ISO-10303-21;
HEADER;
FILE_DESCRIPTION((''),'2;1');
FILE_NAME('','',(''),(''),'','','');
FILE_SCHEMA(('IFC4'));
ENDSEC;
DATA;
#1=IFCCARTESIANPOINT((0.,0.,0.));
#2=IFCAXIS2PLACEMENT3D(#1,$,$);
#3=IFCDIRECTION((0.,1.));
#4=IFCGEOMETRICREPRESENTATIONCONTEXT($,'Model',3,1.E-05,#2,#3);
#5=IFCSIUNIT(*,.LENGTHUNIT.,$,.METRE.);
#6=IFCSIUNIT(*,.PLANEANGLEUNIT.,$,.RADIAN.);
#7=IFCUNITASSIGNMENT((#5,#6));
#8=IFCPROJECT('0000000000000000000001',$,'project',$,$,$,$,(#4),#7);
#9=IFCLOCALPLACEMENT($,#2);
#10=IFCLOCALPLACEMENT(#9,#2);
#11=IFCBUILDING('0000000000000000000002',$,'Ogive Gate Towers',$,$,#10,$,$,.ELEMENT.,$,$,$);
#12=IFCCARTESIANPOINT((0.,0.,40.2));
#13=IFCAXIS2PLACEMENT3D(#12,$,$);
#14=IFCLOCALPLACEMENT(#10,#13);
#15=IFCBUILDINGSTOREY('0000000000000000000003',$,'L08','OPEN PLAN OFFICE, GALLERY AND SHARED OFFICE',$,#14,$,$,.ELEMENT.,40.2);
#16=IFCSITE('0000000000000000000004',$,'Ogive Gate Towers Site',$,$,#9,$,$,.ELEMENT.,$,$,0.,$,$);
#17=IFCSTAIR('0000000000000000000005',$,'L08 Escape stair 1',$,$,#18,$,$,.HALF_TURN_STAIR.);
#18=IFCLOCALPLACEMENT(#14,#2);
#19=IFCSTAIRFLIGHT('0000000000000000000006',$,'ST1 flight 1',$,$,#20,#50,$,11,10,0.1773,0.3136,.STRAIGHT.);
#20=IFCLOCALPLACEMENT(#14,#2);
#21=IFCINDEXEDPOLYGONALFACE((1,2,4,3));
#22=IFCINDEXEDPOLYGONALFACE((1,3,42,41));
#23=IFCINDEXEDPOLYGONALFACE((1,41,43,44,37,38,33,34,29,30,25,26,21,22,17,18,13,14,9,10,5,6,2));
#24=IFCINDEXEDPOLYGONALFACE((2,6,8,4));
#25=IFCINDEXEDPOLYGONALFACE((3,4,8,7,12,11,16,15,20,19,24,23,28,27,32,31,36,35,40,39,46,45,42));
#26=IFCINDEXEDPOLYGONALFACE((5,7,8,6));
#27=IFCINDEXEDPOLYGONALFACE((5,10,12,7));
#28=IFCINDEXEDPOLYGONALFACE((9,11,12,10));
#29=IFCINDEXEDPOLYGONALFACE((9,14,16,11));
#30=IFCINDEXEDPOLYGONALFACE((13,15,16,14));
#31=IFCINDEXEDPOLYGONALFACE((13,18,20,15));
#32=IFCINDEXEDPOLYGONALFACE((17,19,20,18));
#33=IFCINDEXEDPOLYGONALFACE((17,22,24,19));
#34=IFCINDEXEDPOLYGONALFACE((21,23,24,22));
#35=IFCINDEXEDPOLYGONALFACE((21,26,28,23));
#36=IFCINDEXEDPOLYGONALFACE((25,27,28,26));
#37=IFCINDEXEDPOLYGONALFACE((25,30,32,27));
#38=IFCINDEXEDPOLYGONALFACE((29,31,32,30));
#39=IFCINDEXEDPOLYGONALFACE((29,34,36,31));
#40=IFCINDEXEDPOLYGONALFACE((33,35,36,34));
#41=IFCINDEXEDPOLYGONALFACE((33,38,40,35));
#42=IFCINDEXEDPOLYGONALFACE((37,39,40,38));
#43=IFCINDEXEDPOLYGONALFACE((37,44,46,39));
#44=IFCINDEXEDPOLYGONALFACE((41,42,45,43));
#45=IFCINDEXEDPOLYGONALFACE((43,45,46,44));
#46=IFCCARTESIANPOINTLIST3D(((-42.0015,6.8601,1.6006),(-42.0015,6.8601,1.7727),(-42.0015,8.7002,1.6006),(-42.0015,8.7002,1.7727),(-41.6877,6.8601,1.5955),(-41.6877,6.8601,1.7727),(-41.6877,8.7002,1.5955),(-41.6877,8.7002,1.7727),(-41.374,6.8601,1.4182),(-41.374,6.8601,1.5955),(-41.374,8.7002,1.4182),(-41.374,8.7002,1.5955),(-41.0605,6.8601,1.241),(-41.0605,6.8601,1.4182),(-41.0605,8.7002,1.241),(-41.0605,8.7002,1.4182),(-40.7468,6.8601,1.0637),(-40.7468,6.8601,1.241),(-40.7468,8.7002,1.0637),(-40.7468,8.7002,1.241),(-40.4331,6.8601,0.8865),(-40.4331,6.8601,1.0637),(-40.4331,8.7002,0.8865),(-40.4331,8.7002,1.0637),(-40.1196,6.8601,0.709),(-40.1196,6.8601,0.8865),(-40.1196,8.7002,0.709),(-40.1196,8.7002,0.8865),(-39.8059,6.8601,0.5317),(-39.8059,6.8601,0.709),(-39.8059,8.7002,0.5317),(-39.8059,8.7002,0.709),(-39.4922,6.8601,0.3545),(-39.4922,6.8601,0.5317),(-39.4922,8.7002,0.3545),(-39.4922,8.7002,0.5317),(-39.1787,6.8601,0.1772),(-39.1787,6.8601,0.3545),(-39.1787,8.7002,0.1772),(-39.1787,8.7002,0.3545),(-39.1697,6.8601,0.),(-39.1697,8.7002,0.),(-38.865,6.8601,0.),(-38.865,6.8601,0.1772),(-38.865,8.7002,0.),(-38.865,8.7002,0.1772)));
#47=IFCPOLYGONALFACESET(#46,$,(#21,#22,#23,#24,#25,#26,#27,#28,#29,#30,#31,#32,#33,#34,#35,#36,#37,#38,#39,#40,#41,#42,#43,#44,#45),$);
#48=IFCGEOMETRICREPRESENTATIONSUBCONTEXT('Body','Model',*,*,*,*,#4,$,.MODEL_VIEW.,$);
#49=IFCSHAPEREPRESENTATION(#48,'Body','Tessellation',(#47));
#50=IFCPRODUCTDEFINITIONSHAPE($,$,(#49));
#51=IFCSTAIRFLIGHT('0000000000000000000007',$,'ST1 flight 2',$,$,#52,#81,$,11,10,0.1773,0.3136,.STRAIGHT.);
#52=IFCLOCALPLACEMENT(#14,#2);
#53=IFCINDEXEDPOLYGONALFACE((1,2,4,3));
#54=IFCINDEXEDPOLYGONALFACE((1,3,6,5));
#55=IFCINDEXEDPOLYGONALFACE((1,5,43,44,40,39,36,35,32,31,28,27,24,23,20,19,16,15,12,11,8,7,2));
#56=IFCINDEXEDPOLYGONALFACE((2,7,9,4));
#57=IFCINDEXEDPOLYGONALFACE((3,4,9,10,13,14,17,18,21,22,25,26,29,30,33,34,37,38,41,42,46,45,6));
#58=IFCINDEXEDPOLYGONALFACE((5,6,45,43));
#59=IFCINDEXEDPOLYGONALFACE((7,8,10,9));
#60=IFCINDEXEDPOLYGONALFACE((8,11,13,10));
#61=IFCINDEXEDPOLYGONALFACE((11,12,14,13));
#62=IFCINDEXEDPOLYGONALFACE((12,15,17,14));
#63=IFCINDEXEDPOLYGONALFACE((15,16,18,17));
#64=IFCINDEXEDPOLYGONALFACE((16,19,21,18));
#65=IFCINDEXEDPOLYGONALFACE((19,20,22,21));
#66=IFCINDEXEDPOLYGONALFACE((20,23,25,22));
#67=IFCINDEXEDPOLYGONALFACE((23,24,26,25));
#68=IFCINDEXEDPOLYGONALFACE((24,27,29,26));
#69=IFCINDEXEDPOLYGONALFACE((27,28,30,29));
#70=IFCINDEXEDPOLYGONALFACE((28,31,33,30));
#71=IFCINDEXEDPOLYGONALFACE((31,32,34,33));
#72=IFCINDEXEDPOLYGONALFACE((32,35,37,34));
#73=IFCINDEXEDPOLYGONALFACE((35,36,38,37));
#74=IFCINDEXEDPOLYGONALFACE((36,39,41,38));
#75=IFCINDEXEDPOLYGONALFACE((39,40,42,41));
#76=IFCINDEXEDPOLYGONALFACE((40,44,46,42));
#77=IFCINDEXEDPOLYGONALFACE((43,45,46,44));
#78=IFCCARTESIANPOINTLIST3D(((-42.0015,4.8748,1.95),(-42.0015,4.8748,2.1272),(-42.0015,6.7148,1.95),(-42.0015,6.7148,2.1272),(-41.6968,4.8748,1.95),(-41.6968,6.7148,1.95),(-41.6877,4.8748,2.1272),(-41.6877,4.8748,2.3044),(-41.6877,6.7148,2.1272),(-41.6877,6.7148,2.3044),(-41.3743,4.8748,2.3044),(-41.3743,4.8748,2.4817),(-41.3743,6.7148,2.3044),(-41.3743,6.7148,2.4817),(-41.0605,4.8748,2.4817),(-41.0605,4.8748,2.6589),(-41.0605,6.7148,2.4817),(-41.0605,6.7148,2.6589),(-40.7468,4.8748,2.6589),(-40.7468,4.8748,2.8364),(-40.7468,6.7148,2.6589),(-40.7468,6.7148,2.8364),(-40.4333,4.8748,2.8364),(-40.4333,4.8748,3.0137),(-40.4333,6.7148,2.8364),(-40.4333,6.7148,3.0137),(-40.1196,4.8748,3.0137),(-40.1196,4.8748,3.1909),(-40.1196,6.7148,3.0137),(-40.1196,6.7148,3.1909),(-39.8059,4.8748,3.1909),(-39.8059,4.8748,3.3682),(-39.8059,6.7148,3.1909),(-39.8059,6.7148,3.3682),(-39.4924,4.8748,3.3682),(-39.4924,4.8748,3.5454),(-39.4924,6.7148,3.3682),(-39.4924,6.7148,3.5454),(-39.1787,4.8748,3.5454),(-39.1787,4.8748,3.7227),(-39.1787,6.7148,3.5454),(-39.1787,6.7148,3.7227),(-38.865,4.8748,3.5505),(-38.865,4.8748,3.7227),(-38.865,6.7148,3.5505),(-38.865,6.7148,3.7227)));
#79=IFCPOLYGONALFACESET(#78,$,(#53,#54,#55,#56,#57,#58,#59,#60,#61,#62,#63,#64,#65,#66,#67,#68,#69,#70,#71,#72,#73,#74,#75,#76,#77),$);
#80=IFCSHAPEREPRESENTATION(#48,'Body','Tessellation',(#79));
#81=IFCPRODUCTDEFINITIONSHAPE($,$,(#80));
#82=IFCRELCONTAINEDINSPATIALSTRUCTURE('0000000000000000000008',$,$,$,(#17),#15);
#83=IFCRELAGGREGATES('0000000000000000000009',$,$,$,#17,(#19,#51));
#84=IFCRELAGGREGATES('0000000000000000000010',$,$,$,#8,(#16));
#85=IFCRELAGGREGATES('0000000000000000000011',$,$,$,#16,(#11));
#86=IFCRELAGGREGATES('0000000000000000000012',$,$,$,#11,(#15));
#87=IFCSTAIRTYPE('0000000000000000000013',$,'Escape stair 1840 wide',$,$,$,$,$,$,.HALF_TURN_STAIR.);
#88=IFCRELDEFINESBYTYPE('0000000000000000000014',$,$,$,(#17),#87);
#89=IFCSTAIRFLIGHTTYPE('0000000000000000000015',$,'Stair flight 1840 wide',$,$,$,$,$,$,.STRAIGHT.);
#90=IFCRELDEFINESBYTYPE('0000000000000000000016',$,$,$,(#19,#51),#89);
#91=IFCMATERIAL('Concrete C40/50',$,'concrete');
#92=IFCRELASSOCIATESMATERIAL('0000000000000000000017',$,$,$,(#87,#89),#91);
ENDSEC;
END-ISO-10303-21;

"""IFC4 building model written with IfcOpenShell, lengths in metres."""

from ifc_helpers import new_model, si_unit, direction, frame, origin, place, context, subcontext, project, spatial, polyline, outline, extrude, material, type_object, element, aggregate, save


model = new_model("IFC4")

# Units and contexts
model_context = context("Model", 3, precision=1e-05, world=origin(), true_north=direction((0.0, 1.0)))
body_context = subcontext(model_context, "Body", "Model", "MODEL_VIEW")
ifc_project = project(units=[si_unit("LENGTHUNIT", "METRE"), si_unit("PLANEANGLEUNIT", "RADIAN")], contexts=[model_context])

# Site, building, storey
site_placement = place(None, origin())
site = spatial("IfcSite", under=ifc_project, at=site_placement, Name="Ogive Gate Towers Site", CompositionType="ELEMENT", RefElevation=0.0)
building_placement = place(site_placement, origin())
building = spatial("IfcBuilding", under=site, at=building_placement, Name="Ogive Gate Towers", CompositionType="ELEMENT")
storey_placement = place(building_placement, frame((0.0, 0.0, 40.2)))
storey = spatial("IfcBuildingStorey", under=building, at=storey_placement, Name="L08", Description="OPEN PLAN OFFICE, GALLERY AND SHARED OFFICE", CompositionType="ELEMENT", Elevation=40.2)

# Stair, stair flights
ifc_material_1 = material(Name="Concrete C40/50", Category="concrete")
stair_type = type_object("IfcStairType", Name="Escape stair 1840 wide", PredefinedType="HALF_TURN_STAIR", material=ifc_material_1)
stair_placement = place(storey_placement, origin())
stair = element("IfcStair", 1, at=stair_placement, inside=storey, type_object=stair_type, Name="L08 Escape stair 1", PredefinedType="HALF_TURN_STAIR")
stair_flight_type = type_object("IfcStairFlightType", Name="Stair flight 1840 wide", PredefinedType="STRAIGHT", material=ifc_material_1)
stair_flight_1_placement = place(storey_placement, frame((-38.865, 7.78, 0.0), z_axis=(0.0, 0.0, 1.0), x_axis=(-1.0, 0.0, 0.0)))
stair_flight_1 = element("IfcStairFlight", 2, at=stair_flight_1_placement, type_object=stair_flight_type, Name="ST1 flight 1", NumberOfRisers=11, NumberOfTreads=10, PredefinedType="STRAIGHT", RiserHeight=0.1773, TreadLength=0.3136, context=body_context, shape_type="SweptSolid", body=[
    extrude(outline(polyline([(0.0, 0.0), (0.0, 0.1772), (0.3137, 0.1772), (0.3137, 0.3545), (0.6272, 0.3545), (0.6272, 0.5317), (0.9409, 0.5317), (0.9409, 0.709), (1.2546, 0.709), (1.2546, 0.8865), (1.5681, 0.8865), (1.5681, 1.0637), (1.8818, 1.0637), (1.8818, 1.241), (2.1956, 1.241), (2.1956, 1.4182), (2.509, 1.4182), (2.509, 1.5955), (2.8228, 1.5955), (2.8228, 1.7727), (3.1365, 1.7727), (3.1365, 1.95), (3.1365, 1.6006), (0.3047, 0.0), (0.0, 0.0)])), frame((0.0, 0.9199, 0.0), z_axis=(0.0, -1.0, 0.0), x_axis=(1.0, 0.0, 0.0)), (0.0, 0.0, 1.0), 1.8401),
])
stair_flight_2_placement = place(storey_placement, frame((-42.0015, 5.7949, 1.95), z_axis=(0.0, 0.0, 1.0), x_axis=(1.0, 0.0, 0.0)))
stair_flight_2 = element("IfcStairFlight", 3, at=stair_flight_2_placement, type_object=stair_flight_type, Name="ST1 flight 2", NumberOfRisers=11, NumberOfTreads=10, PredefinedType="STRAIGHT", RiserHeight=0.1773, TreadLength=0.3136, context=body_context, shape_type="SweptSolid", body=[
    extrude(outline(polyline([(0.0, 0.0), (0.0, 0.1772), (0.3137, 0.1772), (0.3137, 0.3545), (0.6272, 0.3545), (0.6272, 0.5317), (0.9409, 0.5317), (0.9409, 0.709), (1.2546, 0.709), (1.2546, 0.8865), (1.5681, 0.8865), (1.5681, 1.0637), (1.8818, 1.0637), (1.8818, 1.241), (2.1956, 1.241), (2.1956, 1.4182), (2.509, 1.4182), (2.509, 1.5955), (2.8228, 1.5955), (2.8228, 1.7727), (3.1365, 1.7727), (3.1365, 1.95), (3.1365, 1.6006), (0.3047, 0.0), (0.0, 0.0)])), frame((0.0, 0.9199, 0.0), z_axis=(0.0, -1.0, 0.0), x_axis=(1.0, 0.0, 0.0)), (0.0, 0.0, 1.0), 1.8401),
])
aggregate(stair, [stair_flight_1, stair_flight_2])

save(model, "model.ifc")
